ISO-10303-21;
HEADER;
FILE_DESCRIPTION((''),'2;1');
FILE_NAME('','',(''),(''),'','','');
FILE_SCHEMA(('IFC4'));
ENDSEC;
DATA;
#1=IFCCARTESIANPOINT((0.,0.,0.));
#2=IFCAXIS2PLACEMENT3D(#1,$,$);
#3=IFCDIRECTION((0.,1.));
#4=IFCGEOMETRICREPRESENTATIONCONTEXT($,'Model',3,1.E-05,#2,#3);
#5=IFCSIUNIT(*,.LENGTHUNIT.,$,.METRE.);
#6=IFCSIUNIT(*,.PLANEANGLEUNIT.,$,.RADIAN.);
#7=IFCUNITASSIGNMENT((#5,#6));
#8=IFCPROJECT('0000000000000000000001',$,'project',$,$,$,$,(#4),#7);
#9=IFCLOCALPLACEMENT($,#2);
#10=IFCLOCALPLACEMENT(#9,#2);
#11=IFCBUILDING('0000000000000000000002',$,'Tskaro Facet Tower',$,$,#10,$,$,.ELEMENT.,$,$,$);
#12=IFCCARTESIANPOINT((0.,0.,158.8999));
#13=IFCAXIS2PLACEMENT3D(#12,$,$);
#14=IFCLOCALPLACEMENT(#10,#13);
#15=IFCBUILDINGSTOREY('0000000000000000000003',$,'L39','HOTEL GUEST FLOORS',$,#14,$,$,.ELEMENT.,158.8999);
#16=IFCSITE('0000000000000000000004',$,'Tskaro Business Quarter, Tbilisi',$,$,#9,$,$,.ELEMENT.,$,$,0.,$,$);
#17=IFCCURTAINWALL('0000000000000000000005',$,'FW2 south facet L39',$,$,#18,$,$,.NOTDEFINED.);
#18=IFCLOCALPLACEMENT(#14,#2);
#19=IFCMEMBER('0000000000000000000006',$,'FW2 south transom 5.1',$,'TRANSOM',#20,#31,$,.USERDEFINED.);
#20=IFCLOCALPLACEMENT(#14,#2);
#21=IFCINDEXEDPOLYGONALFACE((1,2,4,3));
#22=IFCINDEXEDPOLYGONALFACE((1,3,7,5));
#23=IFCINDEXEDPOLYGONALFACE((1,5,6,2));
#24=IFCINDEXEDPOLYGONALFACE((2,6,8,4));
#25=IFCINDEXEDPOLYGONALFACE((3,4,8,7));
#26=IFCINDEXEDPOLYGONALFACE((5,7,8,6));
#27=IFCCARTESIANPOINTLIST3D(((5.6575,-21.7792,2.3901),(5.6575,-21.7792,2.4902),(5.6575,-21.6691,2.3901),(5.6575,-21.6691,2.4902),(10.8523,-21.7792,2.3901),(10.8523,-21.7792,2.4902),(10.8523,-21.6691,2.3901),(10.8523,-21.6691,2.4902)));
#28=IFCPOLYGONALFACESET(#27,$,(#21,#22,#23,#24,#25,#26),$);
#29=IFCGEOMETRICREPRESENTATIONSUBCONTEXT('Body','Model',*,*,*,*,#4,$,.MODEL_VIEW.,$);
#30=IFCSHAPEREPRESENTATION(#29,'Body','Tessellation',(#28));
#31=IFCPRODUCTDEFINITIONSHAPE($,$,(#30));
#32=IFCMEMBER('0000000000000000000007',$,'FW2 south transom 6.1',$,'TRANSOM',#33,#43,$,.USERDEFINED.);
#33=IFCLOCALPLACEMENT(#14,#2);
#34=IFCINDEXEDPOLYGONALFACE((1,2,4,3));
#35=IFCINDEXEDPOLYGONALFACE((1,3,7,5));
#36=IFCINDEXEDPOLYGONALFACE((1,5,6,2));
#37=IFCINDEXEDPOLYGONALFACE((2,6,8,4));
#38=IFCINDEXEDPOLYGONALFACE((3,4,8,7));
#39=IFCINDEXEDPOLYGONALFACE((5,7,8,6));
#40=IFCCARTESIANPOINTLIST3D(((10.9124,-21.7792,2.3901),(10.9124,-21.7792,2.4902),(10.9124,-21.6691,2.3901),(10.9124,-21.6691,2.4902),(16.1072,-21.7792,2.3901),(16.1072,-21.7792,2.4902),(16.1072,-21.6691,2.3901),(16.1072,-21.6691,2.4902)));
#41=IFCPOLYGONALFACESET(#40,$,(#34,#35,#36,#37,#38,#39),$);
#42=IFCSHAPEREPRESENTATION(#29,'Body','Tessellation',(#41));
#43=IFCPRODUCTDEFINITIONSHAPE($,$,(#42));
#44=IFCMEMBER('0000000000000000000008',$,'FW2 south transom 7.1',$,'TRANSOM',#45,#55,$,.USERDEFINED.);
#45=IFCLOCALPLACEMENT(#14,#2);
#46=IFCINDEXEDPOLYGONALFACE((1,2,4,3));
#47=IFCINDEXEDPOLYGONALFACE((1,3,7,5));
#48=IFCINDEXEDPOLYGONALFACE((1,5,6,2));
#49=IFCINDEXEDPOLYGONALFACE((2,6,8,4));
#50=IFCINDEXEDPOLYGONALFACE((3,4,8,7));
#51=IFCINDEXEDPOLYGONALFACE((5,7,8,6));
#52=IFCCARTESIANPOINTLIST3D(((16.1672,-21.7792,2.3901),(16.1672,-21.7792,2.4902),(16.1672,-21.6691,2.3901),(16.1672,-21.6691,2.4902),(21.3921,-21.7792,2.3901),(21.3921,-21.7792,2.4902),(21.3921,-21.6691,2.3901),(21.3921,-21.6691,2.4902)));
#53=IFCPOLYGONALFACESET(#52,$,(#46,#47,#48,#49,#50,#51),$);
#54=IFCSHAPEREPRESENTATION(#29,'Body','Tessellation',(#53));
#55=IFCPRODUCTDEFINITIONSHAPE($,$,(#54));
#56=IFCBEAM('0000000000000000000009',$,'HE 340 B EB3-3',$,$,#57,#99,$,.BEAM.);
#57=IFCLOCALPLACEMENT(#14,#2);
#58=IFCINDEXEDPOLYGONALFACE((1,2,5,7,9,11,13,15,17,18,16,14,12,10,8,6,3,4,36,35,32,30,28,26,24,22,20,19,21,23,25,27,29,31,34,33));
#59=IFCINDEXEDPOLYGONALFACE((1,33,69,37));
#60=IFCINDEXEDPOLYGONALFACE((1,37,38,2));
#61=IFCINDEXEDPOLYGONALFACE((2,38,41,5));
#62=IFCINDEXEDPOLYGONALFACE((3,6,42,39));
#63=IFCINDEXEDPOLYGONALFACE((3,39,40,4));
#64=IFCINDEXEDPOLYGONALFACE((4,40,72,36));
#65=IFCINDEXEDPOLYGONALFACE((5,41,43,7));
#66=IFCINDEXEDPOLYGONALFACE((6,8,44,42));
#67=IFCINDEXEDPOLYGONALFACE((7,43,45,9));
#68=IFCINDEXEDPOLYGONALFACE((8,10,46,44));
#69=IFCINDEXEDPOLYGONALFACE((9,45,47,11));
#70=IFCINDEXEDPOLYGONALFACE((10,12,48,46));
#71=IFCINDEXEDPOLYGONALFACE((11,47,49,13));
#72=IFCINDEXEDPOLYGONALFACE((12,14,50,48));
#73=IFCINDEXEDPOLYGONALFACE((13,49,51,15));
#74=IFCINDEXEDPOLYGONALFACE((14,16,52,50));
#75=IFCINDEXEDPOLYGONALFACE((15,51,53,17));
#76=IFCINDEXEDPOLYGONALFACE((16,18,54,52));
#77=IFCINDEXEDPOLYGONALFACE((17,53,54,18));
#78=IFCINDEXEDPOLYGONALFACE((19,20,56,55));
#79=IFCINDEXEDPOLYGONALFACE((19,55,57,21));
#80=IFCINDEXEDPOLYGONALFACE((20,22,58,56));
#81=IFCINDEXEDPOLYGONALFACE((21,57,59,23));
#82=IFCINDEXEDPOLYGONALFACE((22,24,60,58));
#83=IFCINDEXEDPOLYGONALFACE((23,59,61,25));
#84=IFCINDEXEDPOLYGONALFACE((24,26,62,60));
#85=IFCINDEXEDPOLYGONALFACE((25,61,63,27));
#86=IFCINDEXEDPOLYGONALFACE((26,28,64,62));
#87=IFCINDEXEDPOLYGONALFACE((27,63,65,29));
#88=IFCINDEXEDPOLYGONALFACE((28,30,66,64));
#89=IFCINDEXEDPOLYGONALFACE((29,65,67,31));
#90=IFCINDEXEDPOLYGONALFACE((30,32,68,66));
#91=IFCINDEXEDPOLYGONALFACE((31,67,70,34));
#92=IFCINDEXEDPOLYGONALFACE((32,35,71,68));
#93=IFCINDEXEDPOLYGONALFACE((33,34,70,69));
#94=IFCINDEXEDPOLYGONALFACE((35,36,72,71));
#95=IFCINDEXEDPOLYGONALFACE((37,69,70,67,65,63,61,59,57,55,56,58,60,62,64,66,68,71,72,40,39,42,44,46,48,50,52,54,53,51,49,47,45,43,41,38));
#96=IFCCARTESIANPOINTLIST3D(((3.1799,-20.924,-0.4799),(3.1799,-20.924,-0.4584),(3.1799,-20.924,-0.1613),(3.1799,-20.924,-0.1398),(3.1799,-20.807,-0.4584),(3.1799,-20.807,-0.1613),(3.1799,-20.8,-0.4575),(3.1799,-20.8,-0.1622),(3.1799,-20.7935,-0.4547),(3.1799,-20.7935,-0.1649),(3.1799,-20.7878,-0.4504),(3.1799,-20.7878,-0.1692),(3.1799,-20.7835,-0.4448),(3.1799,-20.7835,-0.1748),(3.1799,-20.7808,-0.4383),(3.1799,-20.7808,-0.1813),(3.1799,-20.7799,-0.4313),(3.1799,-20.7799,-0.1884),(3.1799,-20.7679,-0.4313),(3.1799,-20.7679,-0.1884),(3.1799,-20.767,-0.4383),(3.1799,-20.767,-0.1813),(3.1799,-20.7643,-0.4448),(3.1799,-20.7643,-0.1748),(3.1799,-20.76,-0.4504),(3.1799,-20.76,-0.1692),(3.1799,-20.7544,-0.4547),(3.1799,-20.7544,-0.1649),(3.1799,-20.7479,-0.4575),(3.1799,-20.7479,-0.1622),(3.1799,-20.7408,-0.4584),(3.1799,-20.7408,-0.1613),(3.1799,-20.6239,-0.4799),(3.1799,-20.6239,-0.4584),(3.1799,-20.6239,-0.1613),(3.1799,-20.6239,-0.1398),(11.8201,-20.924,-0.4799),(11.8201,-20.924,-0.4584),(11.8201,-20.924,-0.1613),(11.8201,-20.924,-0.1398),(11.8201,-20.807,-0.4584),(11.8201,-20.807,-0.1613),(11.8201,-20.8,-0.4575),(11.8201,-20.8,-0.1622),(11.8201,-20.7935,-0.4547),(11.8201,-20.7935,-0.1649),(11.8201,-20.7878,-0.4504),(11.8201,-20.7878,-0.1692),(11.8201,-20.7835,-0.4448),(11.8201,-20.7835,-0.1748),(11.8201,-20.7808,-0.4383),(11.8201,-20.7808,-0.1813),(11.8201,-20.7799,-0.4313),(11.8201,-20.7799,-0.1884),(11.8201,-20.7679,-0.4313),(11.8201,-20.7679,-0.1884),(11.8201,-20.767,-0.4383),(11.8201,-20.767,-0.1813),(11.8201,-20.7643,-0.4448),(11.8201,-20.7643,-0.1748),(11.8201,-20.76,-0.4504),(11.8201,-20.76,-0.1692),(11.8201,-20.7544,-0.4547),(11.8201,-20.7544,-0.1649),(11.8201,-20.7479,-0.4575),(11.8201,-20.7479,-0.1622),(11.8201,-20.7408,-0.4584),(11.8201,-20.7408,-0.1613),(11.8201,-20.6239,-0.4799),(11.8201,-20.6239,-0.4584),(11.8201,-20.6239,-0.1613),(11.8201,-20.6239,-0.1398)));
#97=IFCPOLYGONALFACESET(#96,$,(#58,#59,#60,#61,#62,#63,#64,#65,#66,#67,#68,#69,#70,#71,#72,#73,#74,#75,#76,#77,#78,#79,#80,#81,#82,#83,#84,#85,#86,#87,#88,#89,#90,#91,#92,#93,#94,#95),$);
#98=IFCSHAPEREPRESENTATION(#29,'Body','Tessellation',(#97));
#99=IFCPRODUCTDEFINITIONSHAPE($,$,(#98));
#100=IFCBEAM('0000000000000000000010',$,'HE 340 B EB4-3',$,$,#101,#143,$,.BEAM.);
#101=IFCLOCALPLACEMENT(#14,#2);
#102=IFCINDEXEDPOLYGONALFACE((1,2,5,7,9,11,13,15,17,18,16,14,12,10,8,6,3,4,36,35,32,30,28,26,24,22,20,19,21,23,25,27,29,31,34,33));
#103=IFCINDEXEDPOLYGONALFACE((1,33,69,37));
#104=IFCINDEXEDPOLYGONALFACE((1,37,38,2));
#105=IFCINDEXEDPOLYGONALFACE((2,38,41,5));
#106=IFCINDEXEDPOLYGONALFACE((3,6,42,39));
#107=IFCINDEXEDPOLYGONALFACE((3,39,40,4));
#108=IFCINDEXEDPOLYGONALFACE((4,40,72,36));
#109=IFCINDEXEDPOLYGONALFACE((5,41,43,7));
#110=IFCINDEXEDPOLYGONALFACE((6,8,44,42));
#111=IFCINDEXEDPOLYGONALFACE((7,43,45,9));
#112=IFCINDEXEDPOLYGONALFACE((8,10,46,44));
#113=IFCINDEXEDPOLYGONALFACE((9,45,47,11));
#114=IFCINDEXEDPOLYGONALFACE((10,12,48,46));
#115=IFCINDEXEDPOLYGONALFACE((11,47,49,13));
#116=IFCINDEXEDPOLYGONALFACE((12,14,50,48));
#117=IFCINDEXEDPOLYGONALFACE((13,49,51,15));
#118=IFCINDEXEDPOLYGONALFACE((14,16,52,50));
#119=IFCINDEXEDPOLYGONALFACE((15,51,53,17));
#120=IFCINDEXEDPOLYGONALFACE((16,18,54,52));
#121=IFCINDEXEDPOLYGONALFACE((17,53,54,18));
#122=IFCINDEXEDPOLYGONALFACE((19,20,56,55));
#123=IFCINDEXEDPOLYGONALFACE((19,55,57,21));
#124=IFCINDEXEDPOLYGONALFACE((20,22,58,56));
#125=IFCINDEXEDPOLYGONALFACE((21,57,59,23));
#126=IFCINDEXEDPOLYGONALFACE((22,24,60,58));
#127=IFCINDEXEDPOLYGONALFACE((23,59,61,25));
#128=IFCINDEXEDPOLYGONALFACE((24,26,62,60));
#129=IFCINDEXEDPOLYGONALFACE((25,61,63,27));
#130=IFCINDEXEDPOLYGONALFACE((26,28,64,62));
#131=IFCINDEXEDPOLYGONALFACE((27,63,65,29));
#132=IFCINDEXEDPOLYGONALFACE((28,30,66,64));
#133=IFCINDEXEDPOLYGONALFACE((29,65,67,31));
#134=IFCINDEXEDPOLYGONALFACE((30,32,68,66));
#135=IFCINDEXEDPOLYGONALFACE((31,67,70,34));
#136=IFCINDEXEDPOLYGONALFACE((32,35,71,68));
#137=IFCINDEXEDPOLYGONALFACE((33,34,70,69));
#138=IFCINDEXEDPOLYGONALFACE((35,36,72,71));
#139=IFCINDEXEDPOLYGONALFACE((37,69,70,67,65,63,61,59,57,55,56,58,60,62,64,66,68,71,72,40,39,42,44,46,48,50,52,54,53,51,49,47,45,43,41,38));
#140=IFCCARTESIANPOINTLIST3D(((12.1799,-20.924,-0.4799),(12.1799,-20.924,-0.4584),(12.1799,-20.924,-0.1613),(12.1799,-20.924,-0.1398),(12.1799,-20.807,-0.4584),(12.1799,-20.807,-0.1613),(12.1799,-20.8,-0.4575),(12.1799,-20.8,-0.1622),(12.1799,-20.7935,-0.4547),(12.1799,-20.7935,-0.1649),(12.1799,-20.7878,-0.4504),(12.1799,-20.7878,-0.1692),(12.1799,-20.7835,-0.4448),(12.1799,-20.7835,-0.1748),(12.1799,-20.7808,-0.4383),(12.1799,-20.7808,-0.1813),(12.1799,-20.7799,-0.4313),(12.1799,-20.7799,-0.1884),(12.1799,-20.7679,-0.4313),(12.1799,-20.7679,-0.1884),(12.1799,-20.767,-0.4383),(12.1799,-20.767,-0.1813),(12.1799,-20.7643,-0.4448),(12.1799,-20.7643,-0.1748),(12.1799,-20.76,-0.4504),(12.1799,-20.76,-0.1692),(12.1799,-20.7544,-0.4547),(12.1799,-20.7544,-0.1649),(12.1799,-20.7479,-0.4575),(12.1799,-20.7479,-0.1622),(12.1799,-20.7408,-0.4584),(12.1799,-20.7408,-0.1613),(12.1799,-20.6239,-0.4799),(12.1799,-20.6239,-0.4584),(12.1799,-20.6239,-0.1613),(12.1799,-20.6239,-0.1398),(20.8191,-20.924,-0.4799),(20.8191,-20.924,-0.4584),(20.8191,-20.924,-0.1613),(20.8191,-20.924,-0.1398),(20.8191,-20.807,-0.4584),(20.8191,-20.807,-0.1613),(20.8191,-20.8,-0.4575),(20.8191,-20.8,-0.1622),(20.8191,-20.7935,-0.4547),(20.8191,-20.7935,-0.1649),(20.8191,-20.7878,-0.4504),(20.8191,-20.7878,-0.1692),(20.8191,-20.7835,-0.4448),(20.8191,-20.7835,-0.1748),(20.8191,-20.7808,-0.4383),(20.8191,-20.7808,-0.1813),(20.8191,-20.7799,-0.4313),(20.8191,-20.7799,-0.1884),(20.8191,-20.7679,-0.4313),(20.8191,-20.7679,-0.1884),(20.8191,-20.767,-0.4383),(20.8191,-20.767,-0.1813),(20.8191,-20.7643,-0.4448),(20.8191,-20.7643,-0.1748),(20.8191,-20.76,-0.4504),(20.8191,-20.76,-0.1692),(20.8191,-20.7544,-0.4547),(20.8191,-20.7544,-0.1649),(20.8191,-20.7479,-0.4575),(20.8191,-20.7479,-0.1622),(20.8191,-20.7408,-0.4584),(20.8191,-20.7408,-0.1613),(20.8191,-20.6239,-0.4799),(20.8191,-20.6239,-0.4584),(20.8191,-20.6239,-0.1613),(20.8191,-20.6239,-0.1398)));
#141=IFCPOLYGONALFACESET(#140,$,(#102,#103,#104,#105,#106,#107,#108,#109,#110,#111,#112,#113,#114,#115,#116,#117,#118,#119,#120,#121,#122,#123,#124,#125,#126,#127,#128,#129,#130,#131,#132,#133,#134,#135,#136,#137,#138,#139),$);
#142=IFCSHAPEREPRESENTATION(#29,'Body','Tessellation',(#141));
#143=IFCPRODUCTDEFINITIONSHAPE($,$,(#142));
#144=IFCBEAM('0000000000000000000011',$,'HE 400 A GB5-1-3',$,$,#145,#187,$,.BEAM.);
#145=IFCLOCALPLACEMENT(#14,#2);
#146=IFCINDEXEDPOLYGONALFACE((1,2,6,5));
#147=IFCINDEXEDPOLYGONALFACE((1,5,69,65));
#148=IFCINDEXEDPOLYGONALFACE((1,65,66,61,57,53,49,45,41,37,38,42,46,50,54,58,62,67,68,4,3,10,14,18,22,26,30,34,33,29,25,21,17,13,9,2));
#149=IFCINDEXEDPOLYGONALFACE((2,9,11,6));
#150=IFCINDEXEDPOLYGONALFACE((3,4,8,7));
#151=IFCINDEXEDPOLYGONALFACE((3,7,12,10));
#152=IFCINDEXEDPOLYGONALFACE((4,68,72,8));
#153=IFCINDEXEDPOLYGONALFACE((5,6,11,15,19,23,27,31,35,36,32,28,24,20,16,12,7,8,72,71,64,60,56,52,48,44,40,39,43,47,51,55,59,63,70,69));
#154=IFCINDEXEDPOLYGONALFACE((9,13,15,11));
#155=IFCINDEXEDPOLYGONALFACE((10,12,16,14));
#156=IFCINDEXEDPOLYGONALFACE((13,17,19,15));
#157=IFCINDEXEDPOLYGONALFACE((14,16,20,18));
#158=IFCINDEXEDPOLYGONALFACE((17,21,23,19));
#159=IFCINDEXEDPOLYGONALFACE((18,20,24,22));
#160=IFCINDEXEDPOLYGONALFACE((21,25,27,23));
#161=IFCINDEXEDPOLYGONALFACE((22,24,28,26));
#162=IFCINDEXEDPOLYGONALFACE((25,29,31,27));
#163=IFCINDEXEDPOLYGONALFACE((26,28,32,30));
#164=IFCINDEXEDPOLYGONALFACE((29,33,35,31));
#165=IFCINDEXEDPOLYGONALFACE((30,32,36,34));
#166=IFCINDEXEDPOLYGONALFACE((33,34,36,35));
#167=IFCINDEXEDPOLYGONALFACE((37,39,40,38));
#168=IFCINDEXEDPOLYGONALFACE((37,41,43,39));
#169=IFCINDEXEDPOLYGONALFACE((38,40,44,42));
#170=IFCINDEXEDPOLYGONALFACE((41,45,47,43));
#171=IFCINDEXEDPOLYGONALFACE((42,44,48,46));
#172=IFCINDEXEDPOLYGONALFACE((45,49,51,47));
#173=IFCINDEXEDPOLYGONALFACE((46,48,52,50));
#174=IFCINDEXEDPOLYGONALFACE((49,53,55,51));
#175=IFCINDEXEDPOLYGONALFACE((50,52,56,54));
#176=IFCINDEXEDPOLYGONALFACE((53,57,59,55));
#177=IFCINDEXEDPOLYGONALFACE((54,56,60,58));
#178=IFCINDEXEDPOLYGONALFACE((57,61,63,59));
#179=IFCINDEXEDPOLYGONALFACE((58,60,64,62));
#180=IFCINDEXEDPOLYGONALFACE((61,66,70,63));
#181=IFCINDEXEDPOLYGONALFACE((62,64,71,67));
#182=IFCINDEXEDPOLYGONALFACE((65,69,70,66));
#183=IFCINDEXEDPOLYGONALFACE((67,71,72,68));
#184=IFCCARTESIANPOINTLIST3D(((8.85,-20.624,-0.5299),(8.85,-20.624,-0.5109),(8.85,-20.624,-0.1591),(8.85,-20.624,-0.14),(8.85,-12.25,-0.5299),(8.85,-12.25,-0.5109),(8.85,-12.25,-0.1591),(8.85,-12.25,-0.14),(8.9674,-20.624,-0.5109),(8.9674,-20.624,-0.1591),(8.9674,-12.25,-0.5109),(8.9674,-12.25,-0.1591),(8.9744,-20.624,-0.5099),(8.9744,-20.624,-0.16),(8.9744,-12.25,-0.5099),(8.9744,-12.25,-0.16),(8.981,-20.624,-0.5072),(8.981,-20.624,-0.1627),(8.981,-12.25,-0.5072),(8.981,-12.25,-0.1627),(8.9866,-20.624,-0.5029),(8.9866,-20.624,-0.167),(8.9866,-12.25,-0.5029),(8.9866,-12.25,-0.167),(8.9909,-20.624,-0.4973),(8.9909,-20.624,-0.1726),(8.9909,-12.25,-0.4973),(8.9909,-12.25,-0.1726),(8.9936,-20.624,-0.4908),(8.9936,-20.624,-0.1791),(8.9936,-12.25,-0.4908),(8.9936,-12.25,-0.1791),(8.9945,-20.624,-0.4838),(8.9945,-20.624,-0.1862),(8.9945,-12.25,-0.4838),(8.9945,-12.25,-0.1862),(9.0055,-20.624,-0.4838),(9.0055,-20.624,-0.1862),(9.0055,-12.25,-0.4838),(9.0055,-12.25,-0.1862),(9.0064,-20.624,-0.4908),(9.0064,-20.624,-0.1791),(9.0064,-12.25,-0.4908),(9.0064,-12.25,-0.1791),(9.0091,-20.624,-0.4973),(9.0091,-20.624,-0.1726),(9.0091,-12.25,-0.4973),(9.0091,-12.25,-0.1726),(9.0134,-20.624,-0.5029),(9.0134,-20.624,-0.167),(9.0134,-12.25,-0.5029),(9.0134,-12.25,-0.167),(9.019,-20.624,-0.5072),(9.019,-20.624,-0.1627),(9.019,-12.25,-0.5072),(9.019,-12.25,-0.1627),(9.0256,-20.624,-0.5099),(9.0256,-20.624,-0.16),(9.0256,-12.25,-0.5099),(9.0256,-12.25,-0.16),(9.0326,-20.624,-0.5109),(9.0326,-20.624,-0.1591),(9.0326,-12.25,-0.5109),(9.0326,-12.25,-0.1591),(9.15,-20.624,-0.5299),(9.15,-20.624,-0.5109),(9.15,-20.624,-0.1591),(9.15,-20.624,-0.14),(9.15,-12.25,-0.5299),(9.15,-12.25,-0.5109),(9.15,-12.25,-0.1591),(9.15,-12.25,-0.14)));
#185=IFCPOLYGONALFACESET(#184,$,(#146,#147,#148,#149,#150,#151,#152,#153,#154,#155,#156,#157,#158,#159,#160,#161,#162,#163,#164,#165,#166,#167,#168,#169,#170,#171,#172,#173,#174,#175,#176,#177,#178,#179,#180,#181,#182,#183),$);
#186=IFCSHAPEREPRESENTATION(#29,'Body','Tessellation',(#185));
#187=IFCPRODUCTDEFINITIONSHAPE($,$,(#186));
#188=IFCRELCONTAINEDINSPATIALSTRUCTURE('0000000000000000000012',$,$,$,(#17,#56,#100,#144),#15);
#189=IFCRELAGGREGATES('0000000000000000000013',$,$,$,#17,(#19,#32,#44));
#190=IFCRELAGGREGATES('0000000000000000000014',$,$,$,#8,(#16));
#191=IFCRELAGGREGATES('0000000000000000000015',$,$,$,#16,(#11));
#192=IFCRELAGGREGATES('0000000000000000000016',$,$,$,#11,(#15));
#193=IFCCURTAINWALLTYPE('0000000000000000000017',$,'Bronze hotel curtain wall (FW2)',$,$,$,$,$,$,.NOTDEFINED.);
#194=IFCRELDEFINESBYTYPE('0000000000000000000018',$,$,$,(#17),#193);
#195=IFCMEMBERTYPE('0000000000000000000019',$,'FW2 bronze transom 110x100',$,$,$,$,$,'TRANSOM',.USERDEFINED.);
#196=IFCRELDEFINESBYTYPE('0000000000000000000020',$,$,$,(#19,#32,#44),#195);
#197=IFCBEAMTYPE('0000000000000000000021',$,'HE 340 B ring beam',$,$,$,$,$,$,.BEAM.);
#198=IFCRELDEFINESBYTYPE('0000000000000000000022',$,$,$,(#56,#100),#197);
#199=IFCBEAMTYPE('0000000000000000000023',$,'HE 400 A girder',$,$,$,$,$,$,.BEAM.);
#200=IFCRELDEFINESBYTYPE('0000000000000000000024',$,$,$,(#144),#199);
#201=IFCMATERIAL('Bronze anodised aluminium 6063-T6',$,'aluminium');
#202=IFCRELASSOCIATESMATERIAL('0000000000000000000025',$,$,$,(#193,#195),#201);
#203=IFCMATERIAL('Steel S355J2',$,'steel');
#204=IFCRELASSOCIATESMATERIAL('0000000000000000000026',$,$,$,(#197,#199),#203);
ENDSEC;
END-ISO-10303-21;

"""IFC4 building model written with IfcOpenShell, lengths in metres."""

from ifc_helpers import new_model, si_unit, direction, frame, origin, origin_2d, place, context, subcontext, project, spatial, rectangle, i_section, extrude, material, material_profile, profile_set, type_object, element, aggregate, save


model = new_model("IFC4")

# Units and contexts
model_context = context("Model", 3, precision=1e-05, world=origin(), true_north=direction((0.0, 1.0)))
body_context = subcontext(model_context, "Body", "Model", "MODEL_VIEW")
ifc_project = project(units=[si_unit("LENGTHUNIT", "METRE"), si_unit("PLANEANGLEUNIT", "RADIAN")], contexts=[model_context])

# Site, building, storey
site_placement = place(None, origin())
site = spatial("IfcSite", under=ifc_project, at=site_placement, Name="Tskaro Business Quarter, Tbilisi", CompositionType="ELEMENT", RefElevation=0.0)
building_placement = place(site_placement, origin())
building = spatial("IfcBuilding", under=site, at=building_placement, Name="Tskaro Facet Tower", CompositionType="ELEMENT")
storey_placement = place(building_placement, frame((0.0, 0.0, 158.8999)))
storey = spatial("IfcBuildingStorey", under=building, at=storey_placement, Name="L39", Description="HOTEL GUEST FLOORS", CompositionType="ELEMENT", Elevation=158.8999)

# Curtain wall, members
ifc_material_1 = material(Name="Bronze anodised aluminium 6063-T6", Category="aluminium")
curtain_wall_type = type_object("IfcCurtainWallType", Name="Bronze hotel curtain wall (FW2)", PredefinedType="NOTDEFINED", material=ifc_material_1)
curtain_wall_placement = place(storey_placement, origin())
curtain_wall = element("IfcCurtainWall", 1, at=curtain_wall_placement, inside=storey, type_object=curtain_wall_type, Name="FW2 south facet L39", PredefinedType="NOTDEFINED")
ifc_material_profile_1 = material_profile(ifc_material_1, rectangle(XDim=0.1101, YDim=0.1001, at=origin_2d()), Name="Transom 110x100")
ifc_profile_set_1 = profile_set([ifc_material_profile_1], Name="Bronze anodised aluminium 6063-T6")
member_type_1 = type_object("IfcMemberType", Name="FW2 bronze transom 110x100", ElementType="TRANSOM", PredefinedType="USERDEFINED", material=ifc_profile_set_1)
member_1_placement = place(storey_placement, frame((5.6575, -21.7241, 2.4402), z_axis=(1.0, 0.0, 0.0), x_axis=(0.0, 1.0, 0.0)))
member_1 = element("IfcMember", 2, at=member_1_placement, type_object=member_type_1, Name="FW2 south transom 5.1", ObjectType="TRANSOM", PredefinedType="USERDEFINED", context=body_context, shape_type="SweptSolid", body=[
    extrude(rectangle(XDim=0.1101, YDim=0.1001, at=origin_2d()), origin(), (0.0, 0.0, 1.0), 5.1948),
])
member_2_placement = place(storey_placement, frame((10.9124, -21.7241, 2.4402), z_axis=(1.0, 0.0, 0.0), x_axis=(0.0, 1.0, 0.0)))
member_2 = element("IfcMember", 3, at=member_2_placement, type_object=member_type_1, Name="FW2 south transom 6.1", ObjectType="TRANSOM", PredefinedType="USERDEFINED", context=body_context, shape_type="SweptSolid", body=[
    extrude(rectangle(XDim=0.1101, YDim=0.1001, at=origin_2d()), origin(), (0.0, 0.0, 1.0), 5.1948),
])
member_3_placement = place(storey_placement, frame((16.1672, -21.7241, 2.4402), z_axis=(1.0, 0.0, 0.0), x_axis=(0.0, 1.0, 0.0)))
member_3 = element("IfcMember", 4, at=member_3_placement, type_object=member_type_1, Name="FW2 south transom 7.1", ObjectType="TRANSOM", PredefinedType="USERDEFINED", context=body_context, shape_type="SweptSolid", body=[
    extrude(rectangle(XDim=0.1101, YDim=0.1001, at=origin_2d()), origin(), (0.0, 0.0, 1.0), 5.2249),
])

# Beams
ifc_material_2 = material(Name="Steel S355J2", Category="steel")
ifc_material_profile_2 = material_profile(ifc_material_2, i_section(OverallWidth=0.3, OverallDepth=0.3401, WebThickness=0.012, FlangeThickness=0.0215, FilletRadius=0.0271, at=origin_2d()), Name="HE 340 B")
ifc_profile_set_2 = profile_set([ifc_material_profile_2], Name="Steel S355J2")
beam_type_1 = type_object("IfcBeamType", Name="HE 340 B ring beam", PredefinedType="BEAM", material=ifc_profile_set_2)
beam_1_placement = place(storey_placement, frame((3.1799, -20.7739, -0.3098), z_axis=(1.0, 0.0, 0.0), x_axis=(0.0, 1.0, 0.0)))
element("IfcBeam", 5, at=beam_1_placement, inside=storey, type_object=beam_type_1, Name="HE 340 B EB3-3", PredefinedType="BEAM", context=body_context, shape_type="SweptSolid", body=[
    extrude(i_section(OverallWidth=0.3, OverallDepth=0.3401, WebThickness=0.012, FlangeThickness=0.0215, FilletRadius=0.0271, at=origin_2d()), origin(), (0.0, 0.0, 1.0), 8.6401),
])
beam_2_placement = place(storey_placement, frame((12.1799, -20.7739, -0.3098), z_axis=(1.0, 0.0, 0.0), x_axis=(0.0, 1.0, 0.0)))
element("IfcBeam", 6, at=beam_2_placement, inside=storey, type_object=beam_type_1, Name="HE 340 B EB4-3", PredefinedType="BEAM", context=body_context, shape_type="SweptSolid", body=[
    extrude(i_section(OverallWidth=0.3, OverallDepth=0.3401, WebThickness=0.012, FlangeThickness=0.0215, FilletRadius=0.0271, at=origin_2d()), origin(), (0.0, 0.0, 1.0), 8.6392),
])
ifc_material_profile_3 = material_profile(ifc_material_2, i_section(OverallWidth=0.3, OverallDepth=0.3899, WebThickness=0.011, FlangeThickness=0.019, FilletRadius=0.0271, at=origin_2d()), Name="HE 400 A")
ifc_profile_set_3 = profile_set([ifc_material_profile_3], Name="Steel S355J2")
beam_type_2 = type_object("IfcBeamType", Name="HE 400 A girder", PredefinedType="BEAM", material=ifc_profile_set_3)
beam_3_placement = place(storey_placement, frame((9.0, -20.624, -0.335), z_axis=(0.0, 1.0, 0.0), x_axis=(-1.0, 0.0, 0.0)))
element("IfcBeam", 7, at=beam_3_placement, inside=storey, type_object=beam_type_2, Name="HE 400 A GB5-1-3", PredefinedType="BEAM", context=body_context, shape_type="SweptSolid", body=[
    extrude(i_section(OverallWidth=0.3, OverallDepth=0.3899, WebThickness=0.011, FlangeThickness=0.019, FilletRadius=0.0271, at=origin_2d()), origin(), (0.0, 0.0, 1.0), 8.374),
])

aggregate(curtain_wall, [member_1, member_2, member_3])

save(model, "model.ifc")
